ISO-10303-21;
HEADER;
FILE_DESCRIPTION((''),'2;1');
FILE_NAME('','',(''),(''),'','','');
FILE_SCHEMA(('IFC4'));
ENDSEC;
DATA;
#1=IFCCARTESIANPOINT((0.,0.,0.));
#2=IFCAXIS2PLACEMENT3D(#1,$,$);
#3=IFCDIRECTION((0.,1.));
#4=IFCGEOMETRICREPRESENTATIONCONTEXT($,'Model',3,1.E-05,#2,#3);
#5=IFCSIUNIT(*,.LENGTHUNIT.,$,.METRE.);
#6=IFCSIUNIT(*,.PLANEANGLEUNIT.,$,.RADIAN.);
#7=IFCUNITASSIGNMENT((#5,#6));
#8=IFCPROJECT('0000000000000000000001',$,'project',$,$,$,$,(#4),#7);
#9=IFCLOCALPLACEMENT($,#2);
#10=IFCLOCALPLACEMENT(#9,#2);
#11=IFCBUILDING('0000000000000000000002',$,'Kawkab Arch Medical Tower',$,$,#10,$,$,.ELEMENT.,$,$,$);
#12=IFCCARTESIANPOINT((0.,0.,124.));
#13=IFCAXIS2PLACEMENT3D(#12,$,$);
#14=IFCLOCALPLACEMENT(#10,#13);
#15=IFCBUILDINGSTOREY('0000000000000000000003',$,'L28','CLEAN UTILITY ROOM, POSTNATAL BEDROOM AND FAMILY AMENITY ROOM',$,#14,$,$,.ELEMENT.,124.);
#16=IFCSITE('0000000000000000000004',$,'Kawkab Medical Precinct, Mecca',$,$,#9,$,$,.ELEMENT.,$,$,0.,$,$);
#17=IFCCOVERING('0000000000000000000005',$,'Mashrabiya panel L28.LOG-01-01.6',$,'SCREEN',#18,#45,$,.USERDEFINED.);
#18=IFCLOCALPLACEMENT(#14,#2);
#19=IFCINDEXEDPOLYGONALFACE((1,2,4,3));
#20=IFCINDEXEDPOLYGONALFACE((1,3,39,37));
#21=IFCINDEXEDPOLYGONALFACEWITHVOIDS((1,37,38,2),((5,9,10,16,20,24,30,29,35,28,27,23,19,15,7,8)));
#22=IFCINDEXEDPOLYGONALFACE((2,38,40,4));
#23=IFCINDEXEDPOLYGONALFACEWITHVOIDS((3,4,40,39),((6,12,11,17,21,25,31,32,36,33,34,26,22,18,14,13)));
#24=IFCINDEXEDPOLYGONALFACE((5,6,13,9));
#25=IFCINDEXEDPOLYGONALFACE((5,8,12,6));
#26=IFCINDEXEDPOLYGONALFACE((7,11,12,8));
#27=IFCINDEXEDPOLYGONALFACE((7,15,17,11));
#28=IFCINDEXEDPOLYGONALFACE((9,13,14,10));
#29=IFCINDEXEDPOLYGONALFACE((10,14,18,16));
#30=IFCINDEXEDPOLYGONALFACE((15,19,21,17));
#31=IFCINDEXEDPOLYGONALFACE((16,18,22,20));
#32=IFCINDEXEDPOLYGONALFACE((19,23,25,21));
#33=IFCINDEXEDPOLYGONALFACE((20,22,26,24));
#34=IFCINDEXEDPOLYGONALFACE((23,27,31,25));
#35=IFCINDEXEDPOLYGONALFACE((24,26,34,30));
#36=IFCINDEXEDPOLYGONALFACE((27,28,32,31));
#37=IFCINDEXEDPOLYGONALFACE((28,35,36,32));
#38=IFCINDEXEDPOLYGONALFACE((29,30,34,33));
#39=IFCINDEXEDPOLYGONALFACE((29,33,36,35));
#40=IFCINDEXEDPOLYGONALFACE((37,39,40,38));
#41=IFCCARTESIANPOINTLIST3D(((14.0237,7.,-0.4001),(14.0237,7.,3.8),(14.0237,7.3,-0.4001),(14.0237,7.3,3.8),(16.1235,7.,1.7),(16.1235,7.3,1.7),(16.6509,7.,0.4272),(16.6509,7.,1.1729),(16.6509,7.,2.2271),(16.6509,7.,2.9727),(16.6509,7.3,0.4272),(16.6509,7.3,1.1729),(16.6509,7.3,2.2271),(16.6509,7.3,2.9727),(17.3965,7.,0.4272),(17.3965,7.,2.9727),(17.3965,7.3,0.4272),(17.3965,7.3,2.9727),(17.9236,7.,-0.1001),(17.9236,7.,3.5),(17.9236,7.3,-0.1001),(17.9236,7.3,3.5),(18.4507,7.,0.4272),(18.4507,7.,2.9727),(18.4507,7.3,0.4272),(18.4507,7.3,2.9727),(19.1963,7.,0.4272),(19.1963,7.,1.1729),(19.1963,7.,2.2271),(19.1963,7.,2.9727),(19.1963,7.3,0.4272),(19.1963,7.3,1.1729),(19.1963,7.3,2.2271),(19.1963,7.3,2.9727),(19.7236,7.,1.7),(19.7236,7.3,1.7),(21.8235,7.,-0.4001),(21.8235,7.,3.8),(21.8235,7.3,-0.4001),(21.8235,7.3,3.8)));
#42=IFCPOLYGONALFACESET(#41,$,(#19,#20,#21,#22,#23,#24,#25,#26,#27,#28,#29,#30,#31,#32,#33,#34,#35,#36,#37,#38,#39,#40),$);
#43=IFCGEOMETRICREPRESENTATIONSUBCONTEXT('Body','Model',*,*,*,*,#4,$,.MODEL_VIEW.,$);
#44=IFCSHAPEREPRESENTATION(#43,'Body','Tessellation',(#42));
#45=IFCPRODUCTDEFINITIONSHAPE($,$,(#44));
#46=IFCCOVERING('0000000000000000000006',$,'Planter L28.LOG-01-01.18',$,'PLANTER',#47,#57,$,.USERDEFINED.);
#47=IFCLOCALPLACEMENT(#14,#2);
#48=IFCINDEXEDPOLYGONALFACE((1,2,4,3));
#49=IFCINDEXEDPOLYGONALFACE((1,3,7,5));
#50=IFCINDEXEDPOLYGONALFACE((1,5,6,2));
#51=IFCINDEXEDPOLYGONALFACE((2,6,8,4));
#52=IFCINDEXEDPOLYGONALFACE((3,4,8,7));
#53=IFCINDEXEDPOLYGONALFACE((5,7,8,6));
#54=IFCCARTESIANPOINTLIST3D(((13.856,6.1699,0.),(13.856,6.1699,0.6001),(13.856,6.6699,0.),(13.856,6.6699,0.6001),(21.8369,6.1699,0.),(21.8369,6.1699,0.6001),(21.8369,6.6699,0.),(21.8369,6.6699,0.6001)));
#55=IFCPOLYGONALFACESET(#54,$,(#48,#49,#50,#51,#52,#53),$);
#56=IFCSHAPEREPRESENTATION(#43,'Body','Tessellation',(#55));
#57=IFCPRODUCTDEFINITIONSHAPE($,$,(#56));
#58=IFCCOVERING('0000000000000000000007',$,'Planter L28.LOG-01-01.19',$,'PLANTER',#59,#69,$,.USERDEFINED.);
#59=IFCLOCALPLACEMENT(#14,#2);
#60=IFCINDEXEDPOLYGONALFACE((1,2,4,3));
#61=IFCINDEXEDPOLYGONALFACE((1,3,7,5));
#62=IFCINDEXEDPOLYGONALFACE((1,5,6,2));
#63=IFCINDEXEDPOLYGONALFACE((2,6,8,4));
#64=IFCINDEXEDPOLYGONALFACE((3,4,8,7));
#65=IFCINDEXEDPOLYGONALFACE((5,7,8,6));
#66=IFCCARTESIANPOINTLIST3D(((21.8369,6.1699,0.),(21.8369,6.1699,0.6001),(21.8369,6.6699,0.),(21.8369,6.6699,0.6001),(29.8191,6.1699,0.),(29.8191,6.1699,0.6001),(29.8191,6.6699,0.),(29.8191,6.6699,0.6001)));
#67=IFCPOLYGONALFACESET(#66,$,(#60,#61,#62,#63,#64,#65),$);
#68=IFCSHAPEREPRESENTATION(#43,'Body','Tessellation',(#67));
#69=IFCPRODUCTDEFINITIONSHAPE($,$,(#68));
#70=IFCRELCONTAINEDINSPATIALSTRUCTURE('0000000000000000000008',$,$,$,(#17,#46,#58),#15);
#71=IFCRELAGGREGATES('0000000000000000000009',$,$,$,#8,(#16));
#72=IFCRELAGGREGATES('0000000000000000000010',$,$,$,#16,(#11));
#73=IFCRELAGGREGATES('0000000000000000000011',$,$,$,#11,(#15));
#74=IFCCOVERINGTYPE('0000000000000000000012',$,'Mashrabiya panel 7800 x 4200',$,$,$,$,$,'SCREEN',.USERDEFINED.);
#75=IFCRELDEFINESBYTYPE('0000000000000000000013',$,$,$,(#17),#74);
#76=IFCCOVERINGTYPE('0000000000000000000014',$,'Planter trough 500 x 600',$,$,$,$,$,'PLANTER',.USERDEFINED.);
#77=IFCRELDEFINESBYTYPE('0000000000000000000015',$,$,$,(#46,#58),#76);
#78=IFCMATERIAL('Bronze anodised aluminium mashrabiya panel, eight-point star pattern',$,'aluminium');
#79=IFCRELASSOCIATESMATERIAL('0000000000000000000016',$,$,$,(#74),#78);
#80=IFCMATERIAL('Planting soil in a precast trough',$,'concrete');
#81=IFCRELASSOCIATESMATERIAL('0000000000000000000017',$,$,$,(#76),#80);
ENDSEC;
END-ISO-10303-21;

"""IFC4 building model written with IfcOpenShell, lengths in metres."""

from ifc_helpers import new_model, si_unit, direction, frame, origin, origin_2d, place, context, subcontext, project, spatial, polyline, rectangle, outline, extrude, material, material_profile, profile_set, type_object, element, save


model = new_model("IFC4")

# Units and contexts
model_context = context("Model", 3, precision=1e-05, world=origin(), true_north=direction((0.0, 1.0)))
body_context = subcontext(model_context, "Body", "Model", "MODEL_VIEW")
ifc_project = project(units=[si_unit("LENGTHUNIT", "METRE"), si_unit("PLANEANGLEUNIT", "RADIAN")], contexts=[model_context])

# Site, building, storey
site_placement = place(None, origin())
site = spatial("IfcSite", under=ifc_project, at=site_placement, Name="Kawkab Medical Precinct, Mecca", CompositionType="ELEMENT", RefElevation=0.0)
building_placement = place(site_placement, origin())
building = spatial("IfcBuilding", under=site, at=building_placement, Name="Kawkab Arch Medical Tower", CompositionType="ELEMENT")
storey_placement = place(building_placement, frame((0.0, 0.0, 124.0)))
storey = spatial("IfcBuildingStorey", under=building, at=storey_placement, Name="L28", Description="CLEAN UTILITY ROOM, POSTNATAL BEDROOM AND FAMILY AMENITY ROOM", CompositionType="ELEMENT", Elevation=124.0)

# Coverings
ifc_material_1 = material(Name="Bronze anodised aluminium mashrabiya panel, eight-point star pattern", Category="aluminium")
ifc_material_profile_1 = material_profile(ifc_material_1, outline(polyline([(-3.8999, -2.1001), (3.8999, -2.1001), (3.8999, 2.1001), (-3.8999, 2.1001), (-3.8999, -2.1001)]), holes=[polyline([(1.8, 0.0), (1.2727, 0.5271), (1.2727, 1.2727), (0.5271, 1.2727), (0.0, 1.8), (-0.5271, 1.2727), (-1.2727, 1.2727), (-1.2727, 0.5271), (-1.8, 0.0), (-1.2727, -0.5271), (-1.2727, -1.2727), (-0.5271, -1.2727), (0.0, -1.8), (0.5271, -1.2727), (1.2727, -1.2727), (1.2727, -0.5271), (1.8, 0.0)])]), Name="Mashrabiya panel 7800x4200")
ifc_profile_set_1 = profile_set([ifc_material_profile_1], Name="Bronze anodised aluminium mashrabiya panel, eight-point star pattern")
covering_type_1 = type_object("IfcCoveringType", Name="Mashrabiya panel 7800 x 4200", ElementType="SCREEN", PredefinedType="USERDEFINED", material=ifc_profile_set_1)
covering_1_placement = place(storey_placement, frame((17.9236, 7.0, 1.7), z_axis=(0.0, 1.0, 0.0), x_axis=(-1.0, 0.0, 0.0)))
element("IfcCovering", 1, at=covering_1_placement, inside=storey, type_object=covering_type_1, Name="Mashrabiya panel L28.LOG-01-01.6", ObjectType="SCREEN", PredefinedType="USERDEFINED", context=body_context, shape_type="SweptSolid", body=[
    extrude(outline(polyline([(-3.8999, -2.1001), (3.8999, -2.1001), (3.8999, 2.1001), (-3.8999, 2.1001), (-3.8999, -2.1001)]), holes=[polyline([(1.8, 0.0), (1.2727, 0.5271), (1.2727, 1.2727), (0.5271, 1.2727), (0.0, 1.8), (-0.5271, 1.2727), (-1.2727, 1.2727), (-1.2727, 0.5271), (-1.8, 0.0), (-1.2727, -0.5271), (-1.2727, -1.2727), (-0.5271, -1.2727), (0.0, -1.8), (0.5271, -1.2727), (1.2727, -1.2727), (1.2727, -0.5271), (1.8, 0.0)])]), origin(), (0.0, 0.0, 1.0), 0.3),
])
ifc_material_2 = material(Name="Planting soil in a precast trough", Category="concrete")
ifc_material_profile_2 = material_profile(ifc_material_2, rectangle(XDim=0.5, YDim=0.6001, at=origin_2d()), Name="Trough 500x600")
ifc_profile_set_2 = profile_set([ifc_material_profile_2], Name="Planting soil in a precast trough")
covering_type_2 = type_object("IfcCoveringType", Name="Planter trough 500 x 600", ElementType="PLANTER", PredefinedType="USERDEFINED", material=ifc_profile_set_2)
covering_2_placement = place(storey_placement, frame((13.856, 6.4199, 0.3), z_axis=(1.0, 0.0, 0.0), x_axis=(0.0, 1.0, 0.0)))
element("IfcCovering", 2, at=covering_2_placement, inside=storey, type_object=covering_type_2, Name="Planter L28.LOG-01-01.18", ObjectType="PLANTER", PredefinedType="USERDEFINED", context=body_context, shape_type="SweptSolid", body=[
    extrude(rectangle(XDim=0.5, YDim=0.6001, at=origin_2d()), origin(), (0.0, 0.0, 1.0), 7.981),
])
covering_3_placement = place(storey_placement, frame((21.8369, 6.4199, 0.3), z_axis=(1.0, 0.0, 0.0), x_axis=(0.0, 1.0, 0.0)))
element("IfcCovering", 3, at=covering_3_placement, inside=storey, type_object=covering_type_2, Name="Planter L28.LOG-01-01.19", ObjectType="PLANTER", PredefinedType="USERDEFINED", context=body_context, shape_type="SweptSolid", body=[
    extrude(rectangle(XDim=0.5, YDim=0.6001, at=origin_2d()), origin(), (0.0, 0.0, 1.0), 7.9822),
])

save(model, "model.ifc")
